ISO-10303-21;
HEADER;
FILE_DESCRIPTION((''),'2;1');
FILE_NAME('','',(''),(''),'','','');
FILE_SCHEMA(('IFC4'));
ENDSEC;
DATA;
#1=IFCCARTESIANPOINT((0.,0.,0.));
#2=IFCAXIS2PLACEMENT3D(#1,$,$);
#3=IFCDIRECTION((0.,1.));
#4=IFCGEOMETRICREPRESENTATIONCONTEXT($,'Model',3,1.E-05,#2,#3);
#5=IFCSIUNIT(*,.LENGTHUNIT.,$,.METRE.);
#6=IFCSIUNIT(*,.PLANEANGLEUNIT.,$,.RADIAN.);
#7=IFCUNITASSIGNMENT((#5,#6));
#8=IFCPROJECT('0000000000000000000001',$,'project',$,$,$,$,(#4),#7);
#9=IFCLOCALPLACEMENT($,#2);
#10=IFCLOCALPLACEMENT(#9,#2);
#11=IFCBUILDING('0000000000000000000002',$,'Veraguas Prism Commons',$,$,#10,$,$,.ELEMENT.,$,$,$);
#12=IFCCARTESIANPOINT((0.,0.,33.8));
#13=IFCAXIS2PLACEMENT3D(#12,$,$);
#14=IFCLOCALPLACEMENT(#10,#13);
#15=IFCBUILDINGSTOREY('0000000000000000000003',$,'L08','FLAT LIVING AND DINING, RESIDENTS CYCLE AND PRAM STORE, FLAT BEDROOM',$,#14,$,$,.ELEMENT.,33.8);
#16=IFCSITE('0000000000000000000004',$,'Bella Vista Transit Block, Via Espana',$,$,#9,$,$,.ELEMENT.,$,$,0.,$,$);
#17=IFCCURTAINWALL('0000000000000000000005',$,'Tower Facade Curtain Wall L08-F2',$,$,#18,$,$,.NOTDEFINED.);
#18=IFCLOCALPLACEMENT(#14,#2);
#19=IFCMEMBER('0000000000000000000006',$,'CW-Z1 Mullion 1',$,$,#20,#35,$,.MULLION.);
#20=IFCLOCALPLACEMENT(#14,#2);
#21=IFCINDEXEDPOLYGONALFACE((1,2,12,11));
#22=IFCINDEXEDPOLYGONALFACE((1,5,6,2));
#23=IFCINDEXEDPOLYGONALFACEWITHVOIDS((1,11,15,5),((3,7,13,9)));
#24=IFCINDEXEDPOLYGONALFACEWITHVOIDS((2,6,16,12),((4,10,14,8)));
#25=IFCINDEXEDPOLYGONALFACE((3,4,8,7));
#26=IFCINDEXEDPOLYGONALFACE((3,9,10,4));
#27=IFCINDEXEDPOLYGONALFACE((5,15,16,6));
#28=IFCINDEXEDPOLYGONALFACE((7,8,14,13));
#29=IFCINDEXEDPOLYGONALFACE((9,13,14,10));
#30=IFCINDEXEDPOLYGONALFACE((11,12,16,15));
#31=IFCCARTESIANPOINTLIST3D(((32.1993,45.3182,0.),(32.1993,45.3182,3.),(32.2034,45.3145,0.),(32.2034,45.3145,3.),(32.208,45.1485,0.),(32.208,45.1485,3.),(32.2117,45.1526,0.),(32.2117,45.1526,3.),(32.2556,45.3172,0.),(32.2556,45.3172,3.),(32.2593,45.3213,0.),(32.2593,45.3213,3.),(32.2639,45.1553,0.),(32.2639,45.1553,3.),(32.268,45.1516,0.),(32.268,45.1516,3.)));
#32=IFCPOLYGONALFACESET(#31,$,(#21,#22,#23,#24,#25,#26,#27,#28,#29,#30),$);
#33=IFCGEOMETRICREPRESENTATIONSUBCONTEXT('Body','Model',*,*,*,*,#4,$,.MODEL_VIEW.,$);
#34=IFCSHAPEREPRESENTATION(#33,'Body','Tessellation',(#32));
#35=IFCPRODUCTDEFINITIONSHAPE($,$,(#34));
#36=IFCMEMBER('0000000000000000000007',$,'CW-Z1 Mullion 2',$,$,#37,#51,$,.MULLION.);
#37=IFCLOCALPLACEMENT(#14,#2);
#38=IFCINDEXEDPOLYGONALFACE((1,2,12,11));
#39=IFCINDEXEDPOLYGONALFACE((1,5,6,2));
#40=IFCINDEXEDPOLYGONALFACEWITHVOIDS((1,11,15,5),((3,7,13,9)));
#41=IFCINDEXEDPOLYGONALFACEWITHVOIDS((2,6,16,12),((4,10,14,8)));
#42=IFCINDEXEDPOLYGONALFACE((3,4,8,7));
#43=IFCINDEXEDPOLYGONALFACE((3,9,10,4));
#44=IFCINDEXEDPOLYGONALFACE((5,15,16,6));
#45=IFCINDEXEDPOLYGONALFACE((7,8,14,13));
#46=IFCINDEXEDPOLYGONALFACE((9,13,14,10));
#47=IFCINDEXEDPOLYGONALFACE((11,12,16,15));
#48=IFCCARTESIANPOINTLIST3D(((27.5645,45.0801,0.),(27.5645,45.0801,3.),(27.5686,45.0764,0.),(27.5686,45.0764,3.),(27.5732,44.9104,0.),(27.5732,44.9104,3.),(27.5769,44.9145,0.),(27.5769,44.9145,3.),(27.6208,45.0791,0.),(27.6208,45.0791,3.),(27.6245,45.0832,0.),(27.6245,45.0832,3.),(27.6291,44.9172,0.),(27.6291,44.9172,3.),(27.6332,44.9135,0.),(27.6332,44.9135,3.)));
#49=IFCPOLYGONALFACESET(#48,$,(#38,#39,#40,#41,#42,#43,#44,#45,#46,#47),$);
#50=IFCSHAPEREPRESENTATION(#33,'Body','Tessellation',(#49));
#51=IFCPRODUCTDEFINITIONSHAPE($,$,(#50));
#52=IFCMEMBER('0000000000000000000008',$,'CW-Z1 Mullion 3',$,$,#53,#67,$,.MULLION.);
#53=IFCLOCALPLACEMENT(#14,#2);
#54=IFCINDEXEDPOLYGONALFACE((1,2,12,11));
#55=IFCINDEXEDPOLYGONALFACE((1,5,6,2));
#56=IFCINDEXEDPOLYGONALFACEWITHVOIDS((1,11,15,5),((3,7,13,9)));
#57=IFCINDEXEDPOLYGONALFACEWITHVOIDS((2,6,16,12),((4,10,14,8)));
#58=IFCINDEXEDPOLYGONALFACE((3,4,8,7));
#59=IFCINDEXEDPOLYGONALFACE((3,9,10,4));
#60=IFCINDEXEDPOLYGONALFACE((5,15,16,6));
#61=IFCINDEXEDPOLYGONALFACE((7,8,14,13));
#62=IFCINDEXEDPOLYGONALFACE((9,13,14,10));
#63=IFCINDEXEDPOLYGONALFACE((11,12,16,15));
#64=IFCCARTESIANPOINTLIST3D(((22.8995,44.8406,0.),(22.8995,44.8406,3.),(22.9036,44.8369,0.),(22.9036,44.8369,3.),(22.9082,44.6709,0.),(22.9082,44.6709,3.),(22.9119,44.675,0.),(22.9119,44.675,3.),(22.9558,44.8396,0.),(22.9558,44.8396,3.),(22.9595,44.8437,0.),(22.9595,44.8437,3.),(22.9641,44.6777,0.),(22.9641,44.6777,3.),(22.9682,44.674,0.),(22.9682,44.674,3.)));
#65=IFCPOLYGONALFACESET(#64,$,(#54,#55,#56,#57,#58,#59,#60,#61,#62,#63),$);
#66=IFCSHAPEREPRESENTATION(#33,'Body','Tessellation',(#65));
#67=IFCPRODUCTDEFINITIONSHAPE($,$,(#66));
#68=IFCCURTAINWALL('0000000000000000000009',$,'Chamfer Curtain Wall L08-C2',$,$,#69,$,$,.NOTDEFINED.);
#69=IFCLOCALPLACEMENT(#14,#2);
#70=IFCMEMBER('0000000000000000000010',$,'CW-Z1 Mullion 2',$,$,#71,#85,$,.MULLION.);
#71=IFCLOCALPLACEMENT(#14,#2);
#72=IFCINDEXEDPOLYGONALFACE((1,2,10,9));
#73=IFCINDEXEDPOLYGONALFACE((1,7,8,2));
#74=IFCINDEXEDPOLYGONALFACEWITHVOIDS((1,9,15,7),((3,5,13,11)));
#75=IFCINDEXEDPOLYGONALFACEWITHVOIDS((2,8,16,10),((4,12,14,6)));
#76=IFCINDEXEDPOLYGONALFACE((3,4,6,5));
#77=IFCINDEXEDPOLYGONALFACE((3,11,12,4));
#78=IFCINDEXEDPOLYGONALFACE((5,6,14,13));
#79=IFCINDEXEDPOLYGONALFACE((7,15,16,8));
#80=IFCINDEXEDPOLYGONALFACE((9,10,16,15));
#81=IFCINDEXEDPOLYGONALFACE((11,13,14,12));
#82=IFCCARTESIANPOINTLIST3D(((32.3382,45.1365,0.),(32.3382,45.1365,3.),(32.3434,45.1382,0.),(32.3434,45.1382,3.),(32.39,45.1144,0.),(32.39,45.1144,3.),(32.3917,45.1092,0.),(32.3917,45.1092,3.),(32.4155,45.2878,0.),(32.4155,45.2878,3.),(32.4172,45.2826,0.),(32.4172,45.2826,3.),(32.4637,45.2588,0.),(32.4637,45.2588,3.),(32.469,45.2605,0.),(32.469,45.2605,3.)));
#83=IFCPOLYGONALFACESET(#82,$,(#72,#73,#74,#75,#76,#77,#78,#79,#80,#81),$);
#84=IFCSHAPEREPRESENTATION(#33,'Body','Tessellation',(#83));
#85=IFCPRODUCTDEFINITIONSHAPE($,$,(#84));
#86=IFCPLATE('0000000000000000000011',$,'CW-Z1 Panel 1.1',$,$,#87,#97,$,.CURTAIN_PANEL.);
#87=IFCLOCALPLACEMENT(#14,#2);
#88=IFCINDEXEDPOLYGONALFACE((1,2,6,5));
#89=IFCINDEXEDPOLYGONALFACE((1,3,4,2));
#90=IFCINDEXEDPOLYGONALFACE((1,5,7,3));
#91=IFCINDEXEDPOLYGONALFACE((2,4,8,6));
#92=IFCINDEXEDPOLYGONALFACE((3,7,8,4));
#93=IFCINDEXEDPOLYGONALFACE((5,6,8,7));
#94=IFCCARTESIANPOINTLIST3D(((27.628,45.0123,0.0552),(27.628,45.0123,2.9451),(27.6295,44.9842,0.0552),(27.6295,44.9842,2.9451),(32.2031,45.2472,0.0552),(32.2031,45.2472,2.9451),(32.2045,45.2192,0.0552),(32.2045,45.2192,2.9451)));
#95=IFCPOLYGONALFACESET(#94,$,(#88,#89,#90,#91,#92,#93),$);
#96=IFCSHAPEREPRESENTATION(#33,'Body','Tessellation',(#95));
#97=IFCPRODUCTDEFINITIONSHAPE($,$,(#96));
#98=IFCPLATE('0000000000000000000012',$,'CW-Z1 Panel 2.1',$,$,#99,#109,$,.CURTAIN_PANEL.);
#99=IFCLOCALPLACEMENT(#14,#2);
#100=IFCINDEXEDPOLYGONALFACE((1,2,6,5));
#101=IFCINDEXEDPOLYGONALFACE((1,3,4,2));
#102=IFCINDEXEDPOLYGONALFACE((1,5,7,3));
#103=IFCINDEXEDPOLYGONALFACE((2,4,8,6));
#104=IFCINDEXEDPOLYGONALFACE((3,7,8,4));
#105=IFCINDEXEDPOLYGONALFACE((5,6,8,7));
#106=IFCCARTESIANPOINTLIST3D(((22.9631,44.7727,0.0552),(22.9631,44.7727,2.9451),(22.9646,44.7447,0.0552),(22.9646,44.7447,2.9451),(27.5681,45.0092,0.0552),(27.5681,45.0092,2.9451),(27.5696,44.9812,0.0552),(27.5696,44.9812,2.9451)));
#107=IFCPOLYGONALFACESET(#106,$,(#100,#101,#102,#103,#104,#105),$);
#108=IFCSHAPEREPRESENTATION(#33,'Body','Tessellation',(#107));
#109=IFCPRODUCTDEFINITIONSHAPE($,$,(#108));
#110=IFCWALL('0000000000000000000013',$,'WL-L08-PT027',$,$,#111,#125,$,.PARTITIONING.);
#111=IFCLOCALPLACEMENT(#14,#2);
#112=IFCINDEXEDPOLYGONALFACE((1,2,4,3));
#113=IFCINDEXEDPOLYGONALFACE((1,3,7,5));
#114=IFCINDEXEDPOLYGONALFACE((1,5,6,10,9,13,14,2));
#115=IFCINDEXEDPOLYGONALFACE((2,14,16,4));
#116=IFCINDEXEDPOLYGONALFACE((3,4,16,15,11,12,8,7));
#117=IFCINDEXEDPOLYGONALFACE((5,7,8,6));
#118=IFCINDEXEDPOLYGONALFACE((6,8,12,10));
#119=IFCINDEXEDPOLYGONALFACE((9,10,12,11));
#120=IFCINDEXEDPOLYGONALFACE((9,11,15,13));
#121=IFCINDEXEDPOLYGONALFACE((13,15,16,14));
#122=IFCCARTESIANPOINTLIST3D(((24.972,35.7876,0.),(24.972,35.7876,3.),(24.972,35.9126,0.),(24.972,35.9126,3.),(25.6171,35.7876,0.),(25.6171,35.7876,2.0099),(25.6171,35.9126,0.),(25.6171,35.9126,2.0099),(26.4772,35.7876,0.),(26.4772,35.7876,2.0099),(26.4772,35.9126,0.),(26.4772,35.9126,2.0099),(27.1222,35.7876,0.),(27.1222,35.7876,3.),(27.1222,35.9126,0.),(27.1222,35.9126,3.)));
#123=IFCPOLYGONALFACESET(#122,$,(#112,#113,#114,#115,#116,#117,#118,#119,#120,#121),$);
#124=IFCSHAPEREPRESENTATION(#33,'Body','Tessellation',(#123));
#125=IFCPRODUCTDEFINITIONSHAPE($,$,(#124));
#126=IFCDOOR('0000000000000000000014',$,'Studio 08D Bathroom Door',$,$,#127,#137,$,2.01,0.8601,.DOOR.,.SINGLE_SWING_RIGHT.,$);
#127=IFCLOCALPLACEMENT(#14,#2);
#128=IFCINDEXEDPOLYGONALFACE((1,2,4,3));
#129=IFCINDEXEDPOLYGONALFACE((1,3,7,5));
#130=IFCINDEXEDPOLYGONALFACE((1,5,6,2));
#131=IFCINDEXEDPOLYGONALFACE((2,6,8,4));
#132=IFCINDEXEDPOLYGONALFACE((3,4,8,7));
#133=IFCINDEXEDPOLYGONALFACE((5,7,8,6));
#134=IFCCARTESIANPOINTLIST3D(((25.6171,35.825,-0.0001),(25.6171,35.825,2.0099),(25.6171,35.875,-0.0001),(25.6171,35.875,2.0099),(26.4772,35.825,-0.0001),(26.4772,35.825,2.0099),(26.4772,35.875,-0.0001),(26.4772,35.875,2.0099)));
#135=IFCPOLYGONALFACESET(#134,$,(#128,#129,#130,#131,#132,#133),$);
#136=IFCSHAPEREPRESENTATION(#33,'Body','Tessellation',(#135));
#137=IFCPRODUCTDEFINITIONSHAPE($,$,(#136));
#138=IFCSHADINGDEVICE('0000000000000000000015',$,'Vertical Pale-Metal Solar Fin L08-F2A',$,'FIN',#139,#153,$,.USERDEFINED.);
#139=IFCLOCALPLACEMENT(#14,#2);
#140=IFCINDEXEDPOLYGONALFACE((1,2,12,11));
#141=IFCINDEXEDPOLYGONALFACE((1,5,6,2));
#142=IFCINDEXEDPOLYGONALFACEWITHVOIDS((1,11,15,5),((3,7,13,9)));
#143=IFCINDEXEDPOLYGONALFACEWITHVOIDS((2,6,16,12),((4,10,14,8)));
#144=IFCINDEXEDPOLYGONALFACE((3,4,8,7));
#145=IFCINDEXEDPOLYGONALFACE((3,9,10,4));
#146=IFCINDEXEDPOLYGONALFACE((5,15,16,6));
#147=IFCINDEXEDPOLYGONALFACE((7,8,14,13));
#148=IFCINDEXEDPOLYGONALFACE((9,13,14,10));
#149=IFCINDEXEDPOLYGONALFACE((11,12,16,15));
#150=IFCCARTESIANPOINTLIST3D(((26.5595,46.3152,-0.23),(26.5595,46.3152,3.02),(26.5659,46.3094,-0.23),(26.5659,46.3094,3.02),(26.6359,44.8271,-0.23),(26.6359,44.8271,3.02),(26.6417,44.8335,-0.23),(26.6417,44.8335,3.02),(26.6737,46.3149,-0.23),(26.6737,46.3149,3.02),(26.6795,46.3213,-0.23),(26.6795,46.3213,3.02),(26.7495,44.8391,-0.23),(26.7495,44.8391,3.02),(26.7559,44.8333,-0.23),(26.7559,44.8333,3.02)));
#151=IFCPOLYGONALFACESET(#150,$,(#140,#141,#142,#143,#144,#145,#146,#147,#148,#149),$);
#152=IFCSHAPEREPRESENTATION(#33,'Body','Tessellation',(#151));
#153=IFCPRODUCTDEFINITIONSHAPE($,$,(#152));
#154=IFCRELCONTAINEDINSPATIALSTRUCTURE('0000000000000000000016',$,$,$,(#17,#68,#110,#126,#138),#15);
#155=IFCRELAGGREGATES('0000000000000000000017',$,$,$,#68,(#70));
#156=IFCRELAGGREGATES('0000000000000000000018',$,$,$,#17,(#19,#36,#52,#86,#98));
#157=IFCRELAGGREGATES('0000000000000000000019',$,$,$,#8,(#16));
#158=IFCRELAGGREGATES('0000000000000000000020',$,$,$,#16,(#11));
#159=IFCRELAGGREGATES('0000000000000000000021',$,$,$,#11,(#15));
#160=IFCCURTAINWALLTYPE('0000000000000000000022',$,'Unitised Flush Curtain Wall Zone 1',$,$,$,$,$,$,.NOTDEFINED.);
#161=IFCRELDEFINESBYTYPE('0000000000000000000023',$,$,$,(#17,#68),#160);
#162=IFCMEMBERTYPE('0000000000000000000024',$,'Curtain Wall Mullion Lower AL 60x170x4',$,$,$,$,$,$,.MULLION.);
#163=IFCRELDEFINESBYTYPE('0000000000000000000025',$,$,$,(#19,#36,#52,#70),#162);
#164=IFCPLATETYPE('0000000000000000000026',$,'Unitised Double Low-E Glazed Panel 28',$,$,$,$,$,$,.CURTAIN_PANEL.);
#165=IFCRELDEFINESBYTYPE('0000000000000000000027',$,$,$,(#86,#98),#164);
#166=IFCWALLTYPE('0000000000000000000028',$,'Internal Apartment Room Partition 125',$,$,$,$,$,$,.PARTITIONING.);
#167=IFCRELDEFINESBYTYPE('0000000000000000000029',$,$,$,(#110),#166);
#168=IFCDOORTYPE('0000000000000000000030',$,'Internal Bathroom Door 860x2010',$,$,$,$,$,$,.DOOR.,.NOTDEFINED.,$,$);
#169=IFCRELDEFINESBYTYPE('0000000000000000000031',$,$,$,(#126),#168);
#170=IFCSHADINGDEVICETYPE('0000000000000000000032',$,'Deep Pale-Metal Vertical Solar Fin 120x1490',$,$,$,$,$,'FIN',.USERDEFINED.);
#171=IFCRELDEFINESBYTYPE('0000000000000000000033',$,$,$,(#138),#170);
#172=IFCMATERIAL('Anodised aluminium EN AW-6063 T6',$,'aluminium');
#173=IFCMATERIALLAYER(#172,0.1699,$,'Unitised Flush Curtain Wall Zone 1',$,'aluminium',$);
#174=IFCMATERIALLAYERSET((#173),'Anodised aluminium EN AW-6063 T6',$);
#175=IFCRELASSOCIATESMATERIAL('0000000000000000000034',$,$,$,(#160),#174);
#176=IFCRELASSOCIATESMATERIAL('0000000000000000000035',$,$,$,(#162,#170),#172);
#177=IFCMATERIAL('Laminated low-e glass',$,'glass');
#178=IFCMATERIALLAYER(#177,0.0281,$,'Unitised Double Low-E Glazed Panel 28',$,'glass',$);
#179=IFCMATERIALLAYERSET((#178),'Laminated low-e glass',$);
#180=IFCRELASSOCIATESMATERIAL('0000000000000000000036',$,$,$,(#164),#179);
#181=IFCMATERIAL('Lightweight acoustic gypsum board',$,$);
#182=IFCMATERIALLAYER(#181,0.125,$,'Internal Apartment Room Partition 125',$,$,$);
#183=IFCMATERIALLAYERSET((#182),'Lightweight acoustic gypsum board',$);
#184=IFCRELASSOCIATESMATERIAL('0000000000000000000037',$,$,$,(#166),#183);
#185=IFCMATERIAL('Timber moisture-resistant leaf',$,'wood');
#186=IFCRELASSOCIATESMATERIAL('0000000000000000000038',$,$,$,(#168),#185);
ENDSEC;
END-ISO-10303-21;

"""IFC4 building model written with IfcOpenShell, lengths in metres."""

from ifc_helpers import new_model, si_unit, direction, frame, frame_2d, origin, origin_2d, place, context, subcontext, project, spatial, rectangle, hollow_rectangle, extrude, source, transform, mapped, material, layer, layer_set, material_profile, profile_set, type_object, element, fill, aggregate, save


model = new_model("IFC4")

# Units and contexts
model_context = context("Model", 3, precision=1e-05, world=origin(), true_north=direction((0.0, 1.0)))
body_context = subcontext(model_context, "Body", "Model", "MODEL_VIEW")
ifc_project = project(units=[si_unit("LENGTHUNIT", "METRE"), si_unit("PLANEANGLEUNIT", "RADIAN")], contexts=[model_context])

# Site, building, storey
site_placement = place(None, origin())
site = spatial("IfcSite", under=ifc_project, at=site_placement, Name="Bella Vista Transit Block, Via Espana", CompositionType="ELEMENT", RefElevation=0.0)
building_placement = place(site_placement, origin())
building = spatial("IfcBuilding", under=site, at=building_placement, Name="Veraguas Prism Commons", CompositionType="ELEMENT")
storey_placement = place(building_placement, frame((0.0, 0.0, 33.8)))
storey = spatial("IfcBuildingStorey", under=building, at=storey_placement, Name="L08", Description="FLAT LIVING AND DINING, RESIDENTS CYCLE AND PRAM STORE, FLAT BEDROOM", CompositionType="ELEMENT", Elevation=33.8)

# Curtain wall, members
ifc_material_1 = material(Name="Anodised aluminium EN AW-6063 T6", Category="aluminium")
ifc_layer_1 = layer(ifc_material_1, 0.1699, Name="Unitised Flush Curtain Wall Zone 1", Category="aluminium")
ifc_layer_set_1 = layer_set([ifc_layer_1], Name="Anodised aluminium EN AW-6063 T6")
curtain_wall_type = type_object("IfcCurtainWallType", Name="Unitised Flush Curtain Wall Zone 1", PredefinedType="NOTDEFINED", material=ifc_layer_set_1)
curtain_wall_1_placement = place(storey_placement, origin())
curtain_wall_1 = element("IfcCurtainWall", 1, at=curtain_wall_1_placement, inside=storey, type_object=curtain_wall_type, Name="Tower Facade Curtain Wall L08-F2", PredefinedType="NOTDEFINED")
ifc_material_profile_1 = material_profile(ifc_material_1, hollow_rectangle(XDim=0.0601, YDim=0.1699, WallThickness=0.0039, at=origin_2d()), Name="AL60X170X4")
ifc_profile_set_1 = profile_set([ifc_material_profile_1], Name="Anodised aluminium EN AW-6063 T6")
member_type_1 = type_object("IfcMemberType", Name="Curtain Wall Mullion Lower AL 60x170x4", PredefinedType="MULLION", material=ifc_profile_set_1)
shared_shape_1 = source(origin(), body_context, "Body", "SweptSolid", [
    extrude(hollow_rectangle(XDim=0.0601, YDim=0.1699, WallThickness=0.0039, at=origin_2d()), origin(), (0.0, 0.0, 1.0), 3.0),
])
member_1_placement = place(storey_placement, frame((32.2336, 45.2349, 0.0), z_axis=(0.0, 0.0, 1.0), x_axis=(-0.998684, -0.05129, 0.0)))
member_1 = element("IfcMember", 2, at=member_1_placement, type_object=member_type_1, Name="CW-Z1 Mullion 1", PredefinedType="MULLION", context=body_context, shape_type="MappedRepresentation", body=[
    mapped(shared_shape_1, transform((0.0, 0.0, 0.0), scale=1.0)),
])
member_2_placement = place(storey_placement, frame((27.5989, 44.9968, 0.0), z_axis=(0.0, 0.0, 1.0), x_axis=(-0.998684, -0.05129, 0.0)))
member_2 = element("IfcMember", 3, at=member_2_placement, type_object=member_type_1, Name="CW-Z1 Mullion 2", PredefinedType="MULLION", context=body_context, shape_type="MappedRepresentation", body=[
    mapped(shared_shape_1, transform((0.0, 0.0, 0.0), scale=1.0)),
])
member_3_placement = place(storey_placement, frame((22.9338, 44.7573, 0.0), z_axis=(0.0, 0.0, 1.0), x_axis=(-0.998684, -0.05129, 0.0)))
member_3 = element("IfcMember", 4, at=member_3_placement, type_object=member_type_1, Name="CW-Z1 Mullion 3", PredefinedType="MULLION", context=body_context, shape_type="MappedRepresentation", body=[
    mapped(shared_shape_1, transform((0.0, 0.0, 0.0), scale=1.0)),
])

# Curtain wall, member
curtain_wall_2_placement = place(storey_placement, origin())
curtain_wall_2 = element("IfcCurtainWall", 5, at=curtain_wall_2_placement, inside=storey, type_object=curtain_wall_type, Name="Chamfer Curtain Wall L08-C2", PredefinedType="NOTDEFINED")
member_4_placement = place(storey_placement, frame((32.4036, 45.1985, 0.0), z_axis=(0.0, 0.0, 1.0), x_axis=(-0.890531, 0.454923, 0.0)))
member_4 = element("IfcMember", 6, at=member_4_placement, type_object=member_type_1, Name="CW-Z1 Mullion 2", PredefinedType="MULLION", context=body_context, shape_type="MappedRepresentation", body=[
    mapped(shared_shape_1, transform((0.0, 0.0, 0.0), scale=1.0)),
])
aggregate(curtain_wall_2, [member_4])

# Plates
ifc_material_2 = material(Name="Laminated low-e glass", Category="glass")
ifc_layer_2 = layer(ifc_material_2, 0.0281, Name="Unitised Double Low-E Glazed Panel 28", Category="glass")
ifc_layer_set_2 = layer_set([ifc_layer_2], Name="Laminated low-e glass")
plate_type = type_object("IfcPlateType", Name="Unitised Double Low-E Glazed Panel 28", PredefinedType="CURTAIN_PANEL", material=ifc_layer_set_2)
shared_shape_2 = source(origin(), body_context, "Body", "SweptSolid", [
    extrude(rectangle(XDim=4.5811, YDim=0.0281, at=origin_2d()), origin(), (0.0, 0.0, 1.0), 2.8899),
])
plate_1_placement = place(storey_placement, frame((29.9163, 45.1157, 0.0552), z_axis=(0.0, 0.0, 1.0), x_axis=(-0.998684, -0.05129, 0.0)))
plate_1 = element("IfcPlate", 7, at=plate_1_placement, type_object=plate_type, Name="CW-Z1 Panel 1.1", PredefinedType="CURTAIN_PANEL", context=body_context, shape_type="MappedRepresentation", body=[
    mapped(shared_shape_2, transform((0.0, 0.0, 0.0), scale=1.0)),
])
shared_shape_3 = source(origin(), body_context, "Body", "SweptSolid", [
    extrude(rectangle(XDim=4.6111, YDim=0.0281, at=origin_2d()), origin(), (0.0, 0.0, 1.0), 2.8899),
])
plate_2_placement = place(storey_placement, frame((25.2664, 44.877, 0.0552), z_axis=(0.0, 0.0, 1.0), x_axis=(-0.998684, -0.05129, 0.0)))
plate_2 = element("IfcPlate", 8, at=plate_2_placement, type_object=plate_type, Name="CW-Z1 Panel 2.1", PredefinedType="CURTAIN_PANEL", context=body_context, shape_type="MappedRepresentation", body=[
    mapped(shared_shape_3, transform((0.0, 0.0, 0.0), scale=1.0)),
])
aggregate(curtain_wall_1, [member_1, member_2, member_3, plate_1, plate_2])

# Wall, opening, door
ifc_material_3 = material(Name="Lightweight acoustic gypsum board")
ifc_layer_3 = layer(ifc_material_3, 0.125, Name="Internal Apartment Room Partition 125")
ifc_layer_set_3 = layer_set([ifc_layer_3], Name="Lightweight acoustic gypsum board")
wall_type = type_object("IfcWallType", Name="Internal Apartment Room Partition 125", PredefinedType="PARTITIONING", material=ifc_layer_set_3)
wall_placement = place(storey_placement, frame((24.9719, 35.8501, 0.0), z_axis=(0.0, 0.0, 1.0), x_axis=(1.0, 0.0, 0.0)))
wall = element("IfcWall", 9, at=wall_placement, inside=storey, type_object=wall_type, Name="WL-L08-PT027", PredefinedType="PARTITIONING", context=body_context, shape_type="SweptSolid", body=[
    extrude(rectangle(XDim=2.1501, YDim=0.125, at=frame_2d((1.0752, 0.0))), origin(), (0.0, 0.0, 1.0), 3.0),
])
opening_placement = place(wall_placement, frame((0.645, 0.0, 0.0)))
opening = element("IfcOpeningElement", 10, at=opening_placement, cuts=wall, PredefinedType="OPENING", context=body_context, shape_type="SweptSolid", body=[
    extrude(rectangle(XDim=0.8601, YDim=2.01, at=frame_2d((0.4302, 1.0049))), frame((0.0, 0.0725, 0.0), z_axis=(0.0, -1.0, 0.0), x_axis=(1.0, 0.0, 0.0)), (0.0, 0.0, 1.0), 0.145),
])
ifc_material_4 = material(Name="Timber moisture-resistant leaf", Category="wood")
door_type = type_object("IfcDoorType", Name="Internal Bathroom Door 860x2010", OperationType="NOTDEFINED", PredefinedType="DOOR", material=ifc_material_4)
shared_shape_4 = source(origin(), body_context, "Body", "SweptSolid", [
    extrude(rectangle(XDim=0.8601, YDim=2.01, at=frame_2d((0.4302, 1.0049))), frame((0.0, 0.0249, 0.0), z_axis=(0.0, -1.0, 0.0), x_axis=(1.0, 0.0, 0.0)), (0.0, 0.0, 1.0), 0.05),
])
door_placement = place(opening_placement, origin())
door = element("IfcDoor", 11, at=door_placement, inside=storey, type_object=door_type, Name="Studio 08D Bathroom Door", OperationType="SINGLE_SWING_RIGHT", OverallHeight=2.01, OverallWidth=0.8601, PredefinedType="DOOR", context=body_context, shape_type="MappedRepresentation", body=[
    mapped(shared_shape_4, transform((0.0, 0.0, 0.0), scale=1.0)),
])
fill(opening, door)

# Shading device
ifc_material_profile_2 = material_profile(ifc_material_1, hollow_rectangle(XDim=0.1201, YDim=1.49, WallThickness=0.0061, at=origin_2d()), Name="FIN120X1490X6")
ifc_profile_set_2 = profile_set([ifc_material_profile_2], Name="Anodised aluminium EN AW-6063 T6")
shading_device_type = type_object("IfcShadingDeviceType", Name="Deep Pale-Metal Vertical Solar Fin 120x1490", ElementType="FIN", PredefinedType="USERDEFINED", material=ifc_profile_set_2)
shading_device_placement = place(storey_placement, frame((26.6577, 45.5742, -0.23), z_axis=(0.0, 0.0, 1.0), x_axis=(-0.998684, -0.051292, 0.0)))
element("IfcShadingDevice", 12, at=shading_device_placement, inside=storey, type_object=shading_device_type, Name="Vertical Pale-Metal Solar Fin L08-F2A", ObjectType="FIN", PredefinedType="USERDEFINED", context=body_context, shape_type="SweptSolid", body=[
    extrude(hollow_rectangle(XDim=0.1201, YDim=1.49, WallThickness=0.0061, at=origin_2d()), origin(), (0.0, 0.0, 1.0), 3.25),
])

save(model, "model.ifc")
